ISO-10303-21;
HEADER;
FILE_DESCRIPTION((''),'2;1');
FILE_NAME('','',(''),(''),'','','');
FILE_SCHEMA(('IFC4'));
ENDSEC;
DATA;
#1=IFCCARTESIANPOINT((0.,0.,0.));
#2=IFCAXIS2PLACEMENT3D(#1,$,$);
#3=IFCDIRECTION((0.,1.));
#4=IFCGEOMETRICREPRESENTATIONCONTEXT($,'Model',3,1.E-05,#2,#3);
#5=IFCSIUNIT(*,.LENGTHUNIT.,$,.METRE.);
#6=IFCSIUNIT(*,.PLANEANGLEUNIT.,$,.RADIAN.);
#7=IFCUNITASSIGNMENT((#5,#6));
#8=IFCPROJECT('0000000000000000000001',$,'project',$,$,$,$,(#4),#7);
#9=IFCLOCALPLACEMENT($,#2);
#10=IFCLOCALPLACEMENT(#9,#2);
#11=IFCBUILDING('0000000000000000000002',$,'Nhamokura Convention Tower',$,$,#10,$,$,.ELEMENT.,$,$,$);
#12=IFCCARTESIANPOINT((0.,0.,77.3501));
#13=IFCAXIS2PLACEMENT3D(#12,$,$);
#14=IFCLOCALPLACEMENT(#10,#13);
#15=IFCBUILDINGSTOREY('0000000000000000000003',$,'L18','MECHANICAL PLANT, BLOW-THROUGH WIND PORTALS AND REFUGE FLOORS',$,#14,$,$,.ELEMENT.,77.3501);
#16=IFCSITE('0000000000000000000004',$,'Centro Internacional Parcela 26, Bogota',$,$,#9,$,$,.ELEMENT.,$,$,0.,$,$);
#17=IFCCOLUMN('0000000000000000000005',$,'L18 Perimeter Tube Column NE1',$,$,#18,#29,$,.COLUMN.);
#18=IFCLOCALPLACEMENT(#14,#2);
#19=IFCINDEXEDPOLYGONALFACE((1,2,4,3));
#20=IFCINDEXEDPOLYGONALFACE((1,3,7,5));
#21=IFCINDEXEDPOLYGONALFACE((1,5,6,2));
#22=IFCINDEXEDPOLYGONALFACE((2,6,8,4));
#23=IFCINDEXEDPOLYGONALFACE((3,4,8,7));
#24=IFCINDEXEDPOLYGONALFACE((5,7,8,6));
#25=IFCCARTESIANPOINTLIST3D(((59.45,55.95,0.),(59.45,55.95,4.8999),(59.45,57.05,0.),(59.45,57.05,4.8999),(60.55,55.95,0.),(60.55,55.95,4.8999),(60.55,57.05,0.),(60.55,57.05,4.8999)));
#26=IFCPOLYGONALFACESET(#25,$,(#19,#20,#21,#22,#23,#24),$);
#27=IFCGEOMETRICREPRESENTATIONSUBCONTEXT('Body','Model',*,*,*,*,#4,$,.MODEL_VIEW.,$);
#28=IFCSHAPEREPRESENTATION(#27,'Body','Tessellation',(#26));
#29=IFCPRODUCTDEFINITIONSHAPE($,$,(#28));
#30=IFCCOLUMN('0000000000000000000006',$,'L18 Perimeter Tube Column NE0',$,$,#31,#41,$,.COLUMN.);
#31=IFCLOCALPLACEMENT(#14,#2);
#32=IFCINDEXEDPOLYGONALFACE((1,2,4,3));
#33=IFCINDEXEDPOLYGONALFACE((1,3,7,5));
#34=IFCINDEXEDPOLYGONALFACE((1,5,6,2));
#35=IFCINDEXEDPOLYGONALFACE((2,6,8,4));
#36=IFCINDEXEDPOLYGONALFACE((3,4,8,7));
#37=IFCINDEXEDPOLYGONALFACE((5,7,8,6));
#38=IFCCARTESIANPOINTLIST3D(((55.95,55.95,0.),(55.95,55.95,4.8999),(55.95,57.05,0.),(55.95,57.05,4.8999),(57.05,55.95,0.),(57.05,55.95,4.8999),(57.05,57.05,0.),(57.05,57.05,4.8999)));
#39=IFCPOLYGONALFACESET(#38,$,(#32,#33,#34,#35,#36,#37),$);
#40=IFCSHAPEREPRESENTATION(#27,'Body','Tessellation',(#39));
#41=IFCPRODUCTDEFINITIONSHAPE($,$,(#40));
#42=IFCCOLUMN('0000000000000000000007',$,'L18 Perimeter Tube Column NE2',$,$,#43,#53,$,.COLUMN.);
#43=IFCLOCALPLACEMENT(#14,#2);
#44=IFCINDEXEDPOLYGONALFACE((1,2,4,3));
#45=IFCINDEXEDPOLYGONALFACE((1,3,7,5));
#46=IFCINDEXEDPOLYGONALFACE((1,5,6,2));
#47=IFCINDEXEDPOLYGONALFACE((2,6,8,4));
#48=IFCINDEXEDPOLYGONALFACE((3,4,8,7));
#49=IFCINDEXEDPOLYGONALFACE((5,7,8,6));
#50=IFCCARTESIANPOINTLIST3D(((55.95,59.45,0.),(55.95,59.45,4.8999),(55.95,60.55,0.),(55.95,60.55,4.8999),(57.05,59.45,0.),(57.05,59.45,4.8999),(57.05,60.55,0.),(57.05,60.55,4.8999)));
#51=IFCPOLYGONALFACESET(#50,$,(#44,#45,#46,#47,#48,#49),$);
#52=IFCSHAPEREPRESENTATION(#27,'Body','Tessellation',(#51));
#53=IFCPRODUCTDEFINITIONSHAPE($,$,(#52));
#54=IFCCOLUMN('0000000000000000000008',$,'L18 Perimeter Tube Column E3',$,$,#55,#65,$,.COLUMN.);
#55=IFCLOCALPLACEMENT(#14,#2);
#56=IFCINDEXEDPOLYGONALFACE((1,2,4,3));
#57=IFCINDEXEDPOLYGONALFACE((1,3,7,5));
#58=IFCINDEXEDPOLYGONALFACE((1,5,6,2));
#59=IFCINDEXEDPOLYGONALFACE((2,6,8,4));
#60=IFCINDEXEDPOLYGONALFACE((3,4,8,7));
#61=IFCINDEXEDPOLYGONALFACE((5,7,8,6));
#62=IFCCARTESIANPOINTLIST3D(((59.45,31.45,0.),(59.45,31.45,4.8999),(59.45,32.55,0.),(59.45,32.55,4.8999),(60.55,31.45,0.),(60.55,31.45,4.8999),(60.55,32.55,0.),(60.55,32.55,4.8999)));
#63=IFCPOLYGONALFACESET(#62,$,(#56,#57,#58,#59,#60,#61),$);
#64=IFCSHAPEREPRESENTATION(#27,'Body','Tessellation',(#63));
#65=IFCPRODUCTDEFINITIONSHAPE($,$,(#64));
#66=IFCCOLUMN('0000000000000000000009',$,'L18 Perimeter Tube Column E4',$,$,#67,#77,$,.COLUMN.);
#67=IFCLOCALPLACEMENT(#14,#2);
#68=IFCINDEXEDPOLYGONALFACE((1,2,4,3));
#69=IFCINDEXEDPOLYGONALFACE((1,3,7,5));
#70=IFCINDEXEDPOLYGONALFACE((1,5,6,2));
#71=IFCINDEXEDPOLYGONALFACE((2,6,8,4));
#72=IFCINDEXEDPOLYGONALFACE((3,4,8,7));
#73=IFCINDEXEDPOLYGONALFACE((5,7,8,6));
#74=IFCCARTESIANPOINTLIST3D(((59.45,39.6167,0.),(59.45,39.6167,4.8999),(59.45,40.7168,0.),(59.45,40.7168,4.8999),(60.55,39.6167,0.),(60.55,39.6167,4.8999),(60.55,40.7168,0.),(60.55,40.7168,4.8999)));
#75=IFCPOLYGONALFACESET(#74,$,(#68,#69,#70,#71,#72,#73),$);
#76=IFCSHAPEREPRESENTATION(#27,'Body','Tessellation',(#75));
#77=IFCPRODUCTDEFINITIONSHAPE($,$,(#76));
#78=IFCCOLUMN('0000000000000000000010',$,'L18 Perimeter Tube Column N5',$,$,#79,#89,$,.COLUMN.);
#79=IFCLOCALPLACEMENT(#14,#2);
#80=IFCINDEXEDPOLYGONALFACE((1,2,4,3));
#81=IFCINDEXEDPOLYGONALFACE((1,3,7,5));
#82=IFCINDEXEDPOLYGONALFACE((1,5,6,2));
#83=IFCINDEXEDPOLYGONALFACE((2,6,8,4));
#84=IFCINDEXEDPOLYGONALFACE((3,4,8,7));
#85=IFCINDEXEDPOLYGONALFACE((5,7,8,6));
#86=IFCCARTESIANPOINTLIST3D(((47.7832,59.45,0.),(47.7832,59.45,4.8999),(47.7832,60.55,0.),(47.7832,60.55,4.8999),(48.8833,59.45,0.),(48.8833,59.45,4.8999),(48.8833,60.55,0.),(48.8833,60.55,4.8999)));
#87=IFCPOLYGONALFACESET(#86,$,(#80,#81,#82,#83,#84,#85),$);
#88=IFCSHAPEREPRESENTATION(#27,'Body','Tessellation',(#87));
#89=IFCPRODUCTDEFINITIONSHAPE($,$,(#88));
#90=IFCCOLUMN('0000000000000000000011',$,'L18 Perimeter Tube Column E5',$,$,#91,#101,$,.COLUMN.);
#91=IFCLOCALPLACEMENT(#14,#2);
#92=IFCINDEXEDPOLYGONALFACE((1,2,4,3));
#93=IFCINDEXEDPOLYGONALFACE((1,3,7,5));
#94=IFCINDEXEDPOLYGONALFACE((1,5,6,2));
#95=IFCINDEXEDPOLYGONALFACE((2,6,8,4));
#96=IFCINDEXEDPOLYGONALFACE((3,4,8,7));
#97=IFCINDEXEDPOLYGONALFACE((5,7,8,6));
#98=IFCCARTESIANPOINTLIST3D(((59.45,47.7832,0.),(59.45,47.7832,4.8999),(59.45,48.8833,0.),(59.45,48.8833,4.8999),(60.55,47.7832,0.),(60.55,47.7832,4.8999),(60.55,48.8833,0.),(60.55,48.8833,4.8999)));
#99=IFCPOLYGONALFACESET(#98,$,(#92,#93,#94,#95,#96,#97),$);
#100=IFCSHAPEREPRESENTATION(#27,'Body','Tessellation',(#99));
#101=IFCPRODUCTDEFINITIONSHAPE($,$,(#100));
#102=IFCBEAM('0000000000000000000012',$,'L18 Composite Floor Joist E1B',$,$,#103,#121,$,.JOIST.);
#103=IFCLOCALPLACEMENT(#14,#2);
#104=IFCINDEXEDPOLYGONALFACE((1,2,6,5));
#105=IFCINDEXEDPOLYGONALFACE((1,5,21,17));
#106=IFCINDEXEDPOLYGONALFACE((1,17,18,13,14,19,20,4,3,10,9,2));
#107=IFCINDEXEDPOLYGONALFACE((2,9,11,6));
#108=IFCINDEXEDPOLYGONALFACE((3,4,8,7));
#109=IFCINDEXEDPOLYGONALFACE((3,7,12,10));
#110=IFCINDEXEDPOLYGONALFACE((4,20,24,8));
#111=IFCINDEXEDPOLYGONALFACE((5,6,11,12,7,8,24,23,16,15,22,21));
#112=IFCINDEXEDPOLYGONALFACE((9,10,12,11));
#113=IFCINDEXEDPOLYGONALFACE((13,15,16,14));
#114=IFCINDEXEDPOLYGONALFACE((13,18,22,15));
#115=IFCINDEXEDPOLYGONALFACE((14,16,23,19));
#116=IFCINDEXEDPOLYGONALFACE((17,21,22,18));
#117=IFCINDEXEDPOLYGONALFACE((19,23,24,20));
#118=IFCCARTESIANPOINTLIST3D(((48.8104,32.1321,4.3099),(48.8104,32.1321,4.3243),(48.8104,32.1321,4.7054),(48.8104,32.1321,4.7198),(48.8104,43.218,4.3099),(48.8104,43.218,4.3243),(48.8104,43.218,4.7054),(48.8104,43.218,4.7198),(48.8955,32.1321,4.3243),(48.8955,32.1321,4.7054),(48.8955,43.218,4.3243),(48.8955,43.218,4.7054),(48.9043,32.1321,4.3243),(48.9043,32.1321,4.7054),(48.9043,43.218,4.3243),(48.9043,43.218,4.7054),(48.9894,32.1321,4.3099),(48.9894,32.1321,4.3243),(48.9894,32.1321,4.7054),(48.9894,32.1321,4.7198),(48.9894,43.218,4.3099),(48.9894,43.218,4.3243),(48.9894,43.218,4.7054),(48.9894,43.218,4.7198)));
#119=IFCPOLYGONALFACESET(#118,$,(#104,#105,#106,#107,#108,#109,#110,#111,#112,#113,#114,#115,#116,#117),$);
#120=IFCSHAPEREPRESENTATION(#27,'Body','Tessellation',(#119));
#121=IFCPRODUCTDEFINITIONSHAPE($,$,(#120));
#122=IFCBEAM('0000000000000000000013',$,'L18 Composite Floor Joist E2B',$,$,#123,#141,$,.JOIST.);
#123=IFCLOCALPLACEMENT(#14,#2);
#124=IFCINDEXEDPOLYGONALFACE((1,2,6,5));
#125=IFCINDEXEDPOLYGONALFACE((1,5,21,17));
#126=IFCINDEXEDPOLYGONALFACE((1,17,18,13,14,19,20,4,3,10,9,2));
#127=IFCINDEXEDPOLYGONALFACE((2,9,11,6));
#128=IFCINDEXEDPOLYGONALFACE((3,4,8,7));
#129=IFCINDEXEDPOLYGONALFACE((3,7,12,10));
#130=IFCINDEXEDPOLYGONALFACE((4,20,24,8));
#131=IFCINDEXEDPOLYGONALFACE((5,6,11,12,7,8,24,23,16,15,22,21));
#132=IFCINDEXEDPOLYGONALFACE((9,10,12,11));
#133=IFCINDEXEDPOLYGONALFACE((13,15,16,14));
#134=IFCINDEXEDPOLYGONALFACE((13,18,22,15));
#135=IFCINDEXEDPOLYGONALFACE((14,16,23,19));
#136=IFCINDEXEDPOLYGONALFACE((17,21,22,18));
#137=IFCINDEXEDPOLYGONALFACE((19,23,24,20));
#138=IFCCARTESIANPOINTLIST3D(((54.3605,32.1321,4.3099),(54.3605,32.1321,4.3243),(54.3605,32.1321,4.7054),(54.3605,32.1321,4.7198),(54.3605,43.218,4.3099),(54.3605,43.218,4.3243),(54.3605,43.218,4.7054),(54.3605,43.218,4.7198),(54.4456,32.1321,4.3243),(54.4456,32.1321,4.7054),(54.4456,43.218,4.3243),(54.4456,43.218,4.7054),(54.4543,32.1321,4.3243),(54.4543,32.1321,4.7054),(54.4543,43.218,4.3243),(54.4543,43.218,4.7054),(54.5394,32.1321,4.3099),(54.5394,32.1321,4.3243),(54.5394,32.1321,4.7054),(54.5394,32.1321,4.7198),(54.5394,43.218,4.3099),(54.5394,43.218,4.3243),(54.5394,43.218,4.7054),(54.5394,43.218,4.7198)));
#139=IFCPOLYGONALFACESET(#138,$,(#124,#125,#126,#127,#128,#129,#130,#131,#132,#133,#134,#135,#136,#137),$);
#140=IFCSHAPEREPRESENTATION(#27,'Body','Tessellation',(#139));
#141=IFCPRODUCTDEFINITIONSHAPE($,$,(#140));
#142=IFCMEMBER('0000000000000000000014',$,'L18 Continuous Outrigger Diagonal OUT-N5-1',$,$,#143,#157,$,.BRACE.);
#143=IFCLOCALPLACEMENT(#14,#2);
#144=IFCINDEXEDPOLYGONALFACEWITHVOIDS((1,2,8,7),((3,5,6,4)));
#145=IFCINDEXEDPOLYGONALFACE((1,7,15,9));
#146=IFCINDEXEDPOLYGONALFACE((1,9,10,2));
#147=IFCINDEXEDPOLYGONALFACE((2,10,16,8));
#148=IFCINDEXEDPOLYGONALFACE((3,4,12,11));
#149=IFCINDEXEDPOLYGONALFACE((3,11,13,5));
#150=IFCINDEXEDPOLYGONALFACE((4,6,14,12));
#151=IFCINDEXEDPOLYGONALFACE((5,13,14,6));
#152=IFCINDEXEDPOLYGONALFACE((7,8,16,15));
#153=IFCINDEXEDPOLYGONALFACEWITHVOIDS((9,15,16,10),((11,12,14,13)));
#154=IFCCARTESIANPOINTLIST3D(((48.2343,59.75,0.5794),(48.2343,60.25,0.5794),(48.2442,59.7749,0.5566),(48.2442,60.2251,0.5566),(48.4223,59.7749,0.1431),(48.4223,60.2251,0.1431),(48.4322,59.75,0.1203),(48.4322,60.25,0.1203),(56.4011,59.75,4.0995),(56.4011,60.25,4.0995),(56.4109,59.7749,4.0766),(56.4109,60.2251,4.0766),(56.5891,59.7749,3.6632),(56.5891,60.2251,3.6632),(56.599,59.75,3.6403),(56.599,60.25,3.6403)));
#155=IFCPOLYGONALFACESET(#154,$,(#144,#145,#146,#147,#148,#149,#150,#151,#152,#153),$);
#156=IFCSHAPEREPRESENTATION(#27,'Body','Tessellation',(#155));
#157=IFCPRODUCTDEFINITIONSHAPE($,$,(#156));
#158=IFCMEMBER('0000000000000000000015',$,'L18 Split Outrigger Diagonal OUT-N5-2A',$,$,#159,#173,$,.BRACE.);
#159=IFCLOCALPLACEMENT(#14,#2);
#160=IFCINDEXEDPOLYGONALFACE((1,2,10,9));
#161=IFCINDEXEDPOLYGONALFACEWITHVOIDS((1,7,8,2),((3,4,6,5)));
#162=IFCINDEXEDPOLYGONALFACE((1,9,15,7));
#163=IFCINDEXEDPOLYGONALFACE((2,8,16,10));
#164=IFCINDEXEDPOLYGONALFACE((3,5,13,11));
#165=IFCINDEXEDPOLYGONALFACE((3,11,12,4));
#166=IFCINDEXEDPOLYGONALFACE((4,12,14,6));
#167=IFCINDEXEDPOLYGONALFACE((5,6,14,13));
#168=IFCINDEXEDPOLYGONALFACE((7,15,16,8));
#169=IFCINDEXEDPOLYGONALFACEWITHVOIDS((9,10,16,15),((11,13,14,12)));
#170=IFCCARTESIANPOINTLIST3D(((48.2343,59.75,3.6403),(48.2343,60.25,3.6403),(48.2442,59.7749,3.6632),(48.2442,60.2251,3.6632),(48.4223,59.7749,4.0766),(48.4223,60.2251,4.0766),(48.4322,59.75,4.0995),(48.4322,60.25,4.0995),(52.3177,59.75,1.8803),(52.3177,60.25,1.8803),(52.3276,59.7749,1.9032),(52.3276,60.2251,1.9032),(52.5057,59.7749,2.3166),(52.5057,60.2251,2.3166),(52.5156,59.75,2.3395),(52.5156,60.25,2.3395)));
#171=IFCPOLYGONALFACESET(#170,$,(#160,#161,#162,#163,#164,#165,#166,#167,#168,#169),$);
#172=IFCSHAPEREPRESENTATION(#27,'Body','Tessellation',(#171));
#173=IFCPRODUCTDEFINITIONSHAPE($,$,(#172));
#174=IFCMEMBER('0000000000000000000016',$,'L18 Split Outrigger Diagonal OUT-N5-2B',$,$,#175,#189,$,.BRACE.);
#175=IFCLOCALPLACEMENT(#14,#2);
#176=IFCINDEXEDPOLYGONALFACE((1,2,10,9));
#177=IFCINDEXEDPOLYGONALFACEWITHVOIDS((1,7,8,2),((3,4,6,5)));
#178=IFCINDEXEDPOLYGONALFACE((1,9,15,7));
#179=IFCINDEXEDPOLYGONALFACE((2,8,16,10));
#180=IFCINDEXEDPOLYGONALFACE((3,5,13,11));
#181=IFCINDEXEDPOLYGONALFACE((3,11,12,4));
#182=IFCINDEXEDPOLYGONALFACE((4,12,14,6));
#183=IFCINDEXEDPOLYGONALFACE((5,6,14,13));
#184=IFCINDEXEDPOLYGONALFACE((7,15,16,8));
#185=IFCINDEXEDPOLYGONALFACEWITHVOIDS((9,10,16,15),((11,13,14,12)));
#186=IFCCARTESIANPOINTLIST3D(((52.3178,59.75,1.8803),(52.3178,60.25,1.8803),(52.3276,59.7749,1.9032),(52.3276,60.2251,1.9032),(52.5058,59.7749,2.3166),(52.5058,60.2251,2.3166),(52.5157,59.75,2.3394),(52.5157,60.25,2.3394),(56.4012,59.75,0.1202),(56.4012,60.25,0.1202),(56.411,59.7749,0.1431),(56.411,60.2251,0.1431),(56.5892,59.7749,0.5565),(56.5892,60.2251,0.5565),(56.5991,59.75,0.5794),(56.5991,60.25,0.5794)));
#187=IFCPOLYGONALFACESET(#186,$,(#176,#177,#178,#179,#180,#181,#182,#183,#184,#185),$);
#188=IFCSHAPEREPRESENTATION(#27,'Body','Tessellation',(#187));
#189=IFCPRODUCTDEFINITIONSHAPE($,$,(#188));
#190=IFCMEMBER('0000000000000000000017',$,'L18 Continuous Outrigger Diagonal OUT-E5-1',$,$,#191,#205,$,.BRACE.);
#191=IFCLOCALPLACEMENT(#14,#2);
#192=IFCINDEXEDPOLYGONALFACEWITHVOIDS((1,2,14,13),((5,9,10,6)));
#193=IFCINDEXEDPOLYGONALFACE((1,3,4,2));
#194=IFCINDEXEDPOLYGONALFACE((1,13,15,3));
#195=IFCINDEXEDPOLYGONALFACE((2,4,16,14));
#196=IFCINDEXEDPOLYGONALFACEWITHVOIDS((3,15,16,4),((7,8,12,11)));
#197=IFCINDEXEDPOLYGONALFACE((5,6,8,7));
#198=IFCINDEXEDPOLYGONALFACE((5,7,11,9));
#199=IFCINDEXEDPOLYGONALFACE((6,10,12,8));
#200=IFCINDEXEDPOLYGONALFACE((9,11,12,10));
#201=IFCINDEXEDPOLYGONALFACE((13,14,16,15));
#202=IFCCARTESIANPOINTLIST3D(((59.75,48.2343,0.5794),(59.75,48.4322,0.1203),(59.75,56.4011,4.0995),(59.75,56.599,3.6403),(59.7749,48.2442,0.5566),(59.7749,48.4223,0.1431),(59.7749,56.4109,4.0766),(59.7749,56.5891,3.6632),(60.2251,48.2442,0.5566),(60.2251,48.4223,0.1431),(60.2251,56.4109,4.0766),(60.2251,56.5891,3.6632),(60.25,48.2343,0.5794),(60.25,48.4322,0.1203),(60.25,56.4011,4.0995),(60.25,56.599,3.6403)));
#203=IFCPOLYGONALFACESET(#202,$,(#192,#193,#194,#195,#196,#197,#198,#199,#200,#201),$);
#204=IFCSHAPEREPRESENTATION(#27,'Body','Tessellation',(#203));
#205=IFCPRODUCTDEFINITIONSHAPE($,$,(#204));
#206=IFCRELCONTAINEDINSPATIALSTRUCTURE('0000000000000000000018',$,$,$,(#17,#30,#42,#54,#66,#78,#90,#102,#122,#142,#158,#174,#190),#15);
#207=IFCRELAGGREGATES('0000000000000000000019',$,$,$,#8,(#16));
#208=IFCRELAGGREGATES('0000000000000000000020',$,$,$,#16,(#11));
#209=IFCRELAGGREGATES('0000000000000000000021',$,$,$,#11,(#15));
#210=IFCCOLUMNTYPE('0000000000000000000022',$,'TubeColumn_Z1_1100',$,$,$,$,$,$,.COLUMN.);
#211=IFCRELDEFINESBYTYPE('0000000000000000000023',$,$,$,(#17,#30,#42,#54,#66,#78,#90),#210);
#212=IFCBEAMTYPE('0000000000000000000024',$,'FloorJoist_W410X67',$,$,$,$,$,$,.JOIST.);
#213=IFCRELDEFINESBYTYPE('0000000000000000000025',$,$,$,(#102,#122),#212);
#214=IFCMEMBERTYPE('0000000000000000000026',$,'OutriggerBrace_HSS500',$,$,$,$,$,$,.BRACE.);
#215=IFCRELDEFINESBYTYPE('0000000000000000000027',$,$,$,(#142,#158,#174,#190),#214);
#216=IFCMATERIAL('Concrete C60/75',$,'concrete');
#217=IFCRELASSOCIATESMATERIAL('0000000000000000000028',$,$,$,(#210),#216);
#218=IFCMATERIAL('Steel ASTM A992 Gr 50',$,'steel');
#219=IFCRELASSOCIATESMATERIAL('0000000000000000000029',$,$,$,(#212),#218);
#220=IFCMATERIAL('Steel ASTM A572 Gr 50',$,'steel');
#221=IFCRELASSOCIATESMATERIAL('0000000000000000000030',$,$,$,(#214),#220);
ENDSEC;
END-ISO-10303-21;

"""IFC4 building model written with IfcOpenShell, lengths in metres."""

from ifc_helpers import new_model, si_unit, direction, frame, origin, origin_2d, place, context, subcontext, project, spatial, rectangle, hollow_rectangle, i_section, extrude, material, material_profile, profile_set, type_object, element, save


model = new_model("IFC4")

# Units and contexts
model_context = context("Model", 3, precision=1e-05, world=origin(), true_north=direction((0.0, 1.0)))
body_context = subcontext(model_context, "Body", "Model", "MODEL_VIEW")
ifc_project = project(units=[si_unit("LENGTHUNIT", "METRE"), si_unit("PLANEANGLEUNIT", "RADIAN")], contexts=[model_context])

# Site, building, storey
site_placement = place(None, origin())
site = spatial("IfcSite", under=ifc_project, at=site_placement, Name="Centro Internacional Parcela 26, Bogota", CompositionType="ELEMENT", RefElevation=0.0)
building_placement = place(site_placement, origin())
building = spatial("IfcBuilding", under=site, at=building_placement, Name="Nhamokura Convention Tower", CompositionType="ELEMENT")
storey_placement = place(building_placement, frame((0.0, 0.0, 77.3501)))
storey = spatial("IfcBuildingStorey", under=building, at=storey_placement, Name="L18", Description="MECHANICAL PLANT, BLOW-THROUGH WIND PORTALS AND REFUGE FLOORS", CompositionType="ELEMENT", Elevation=77.3501)

# Columns
ifc_material_1 = material(Name="Concrete C60/75", Category="concrete")
ifc_material_profile_1 = material_profile(ifc_material_1, rectangle(XDim=1.1001, YDim=1.1001, at=origin_2d()))
ifc_profile_set_1 = profile_set([ifc_material_profile_1], Name="Concrete C60/75")
column_type = type_object("IfcColumnType", Name="TubeColumn_Z1_1100", PredefinedType="COLUMN", material=ifc_profile_set_1)
for number, where, z_axis, x_axis, name in (
    (1, (60.0, 56.5, 0.0), (0.0, 0.0, 1.0), (1.0, 0.0, 0.0), "L18 Perimeter Tube Column NE1"),
    (2, (56.5, 56.5, 0.0), (0.0, 0.0, 1.0), (1.0, 0.0, 0.0), "L18 Perimeter Tube Column NE0"),
    (3, (56.5, 60.0, 0.0), (0.0, 0.0, 1.0), (1.0, 0.0, 0.0), "L18 Perimeter Tube Column NE2"),
    (4, (60.0, 32.0, 0.0), (0.0, 0.0, 1.0), (1.0, 0.0, 0.0), "L18 Perimeter Tube Column E3"),
    (5, (60.0, 40.1667, 0.0), (0.0, 0.0, 1.0), (1.0, 0.0, 0.0), "L18 Perimeter Tube Column E4"),
    (6, (48.3333, 60.0, 0.0), (0.0, 0.0, 1.0), (1.0, 0.0, 0.0), "L18 Perimeter Tube Column N5"),
    (7, (60.0, 48.3333, 0.0), (0.0, 0.0, 1.0), (1.0, 0.0, 0.0), "L18 Perimeter Tube Column E5"),
):
    element("IfcColumn", number, at=place(storey_placement, frame(where, z_axis=z_axis, x_axis=x_axis)), inside=storey, type_object=column_type, Name=name, PredefinedType="COLUMN", context=body_context, shape_type="SweptSolid", body=[
        extrude(rectangle(XDim=1.1001, YDim=1.1001, at=origin_2d()), origin(), (0.0, 0.0, 1.0), 4.8999),
    ])

# Beams
ifc_material_2 = material(Name="Steel ASTM A992 Gr 50", Category="steel")
ifc_material_profile_2 = material_profile(ifc_material_2, i_section(OverallWidth=0.179, OverallDepth=0.4099, WebThickness=0.0088, FlangeThickness=0.0144, at=origin_2d()))
ifc_profile_set_2 = profile_set([ifc_material_profile_2], Name="Steel ASTM A992 Gr 50")
beam_type_1 = type_object("IfcBeamType", Name="FloorJoist_W410X67", PredefinedType="JOIST", material=ifc_profile_set_2)
for number, where, z_axis, x_axis, name in (
    (8, (48.8999, 32.1321, 4.5149), (0.0, 1.0, 0.0), (-1.0, 0.0, 0.0), "L18 Composite Floor Joist E1B"),
    (9, (54.45, 32.1321, 4.5149), (0.0, 1.0, 0.0), (-1.0, 0.0, 0.0), "L18 Composite Floor Joist E2B"),
):
    element("IfcBeam", number, at=place(storey_placement, frame(where, z_axis=z_axis, x_axis=x_axis)), inside=storey, type_object=beam_type_1, Name=name, PredefinedType="JOIST", context=body_context, shape_type="SweptSolid", body=[
        extrude(i_section(OverallWidth=0.179, OverallDepth=0.4099, WebThickness=0.0088, FlangeThickness=0.0144, at=origin_2d()), origin(), (0.0, 0.0, 1.0), 11.0859),
    ])

# Members
ifc_material_3 = material(Name="Steel ASTM A572 Gr 50", Category="steel")
ifc_material_profile_3 = material_profile(ifc_material_3, hollow_rectangle(XDim=0.5, YDim=0.5, WallThickness=0.0249, at=origin_2d()))
ifc_profile_set_3 = profile_set([ifc_material_profile_3], Name="Steel ASTM A572 Gr 50")
member_type = type_object("IfcMemberType", Name="OutriggerBrace_HSS500", PredefinedType="BRACE", material=ifc_profile_set_3)
member_1_placement = place(storey_placement, frame((48.3333, 60.0, 0.3499), z_axis=(0.918329, 0.0, 0.395817), x_axis=(0.0, 1.0, 0.0)))
element("IfcMember", 10, at=member_1_placement, inside=storey, type_object=member_type, Name="L18 Continuous Outrigger Diagonal OUT-N5-1", PredefinedType="BRACE", context=body_context, shape_type="SweptSolid", body=[
    extrude(hollow_rectangle(XDim=0.5, YDim=0.5, WallThickness=0.0249, at=origin_2d()), origin(), (0.0, 0.0, 1.0), 8.8931),
])
for number, where, z_axis, x_axis, name in (
    (11, (48.3333, 60.0, 3.8699), (0.918334, 0.0, -0.395807), (0.0, 1.0, 0.0), "L18 Split Outrigger Diagonal OUT-N5-2A"),
    (12, (52.4167, 60.0, 2.1099), (0.918325, 0.0, -0.395827), (0.0, 1.0, 0.0), "L18 Split Outrigger Diagonal OUT-N5-2B"),
):
    element("IfcMember", number, at=place(storey_placement, frame(where, z_axis=z_axis, x_axis=x_axis)), inside=storey, type_object=member_type, Name=name, PredefinedType="BRACE", context=body_context, shape_type="SweptSolid", body=[
        extrude(hollow_rectangle(XDim=0.5, YDim=0.5, WallThickness=0.0249, at=origin_2d()), origin(), (0.0, 0.0, 1.0), 4.4465),
    ])
member_2_placement = place(storey_placement, frame((60.0, 48.3333, 0.3499), z_axis=(0.0, 0.918329, 0.395817), x_axis=(-1.0, 0.0, 0.0)))
element("IfcMember", 13, at=member_2_placement, inside=storey, type_object=member_type, Name="L18 Continuous Outrigger Diagonal OUT-E5-1", PredefinedType="BRACE", context=body_context, shape_type="SweptSolid", body=[
    extrude(hollow_rectangle(XDim=0.5, YDim=0.5, WallThickness=0.0249, at=origin_2d()), origin(), (0.0, 0.0, 1.0), 8.8931),
])

save(model, "model.ifc")
